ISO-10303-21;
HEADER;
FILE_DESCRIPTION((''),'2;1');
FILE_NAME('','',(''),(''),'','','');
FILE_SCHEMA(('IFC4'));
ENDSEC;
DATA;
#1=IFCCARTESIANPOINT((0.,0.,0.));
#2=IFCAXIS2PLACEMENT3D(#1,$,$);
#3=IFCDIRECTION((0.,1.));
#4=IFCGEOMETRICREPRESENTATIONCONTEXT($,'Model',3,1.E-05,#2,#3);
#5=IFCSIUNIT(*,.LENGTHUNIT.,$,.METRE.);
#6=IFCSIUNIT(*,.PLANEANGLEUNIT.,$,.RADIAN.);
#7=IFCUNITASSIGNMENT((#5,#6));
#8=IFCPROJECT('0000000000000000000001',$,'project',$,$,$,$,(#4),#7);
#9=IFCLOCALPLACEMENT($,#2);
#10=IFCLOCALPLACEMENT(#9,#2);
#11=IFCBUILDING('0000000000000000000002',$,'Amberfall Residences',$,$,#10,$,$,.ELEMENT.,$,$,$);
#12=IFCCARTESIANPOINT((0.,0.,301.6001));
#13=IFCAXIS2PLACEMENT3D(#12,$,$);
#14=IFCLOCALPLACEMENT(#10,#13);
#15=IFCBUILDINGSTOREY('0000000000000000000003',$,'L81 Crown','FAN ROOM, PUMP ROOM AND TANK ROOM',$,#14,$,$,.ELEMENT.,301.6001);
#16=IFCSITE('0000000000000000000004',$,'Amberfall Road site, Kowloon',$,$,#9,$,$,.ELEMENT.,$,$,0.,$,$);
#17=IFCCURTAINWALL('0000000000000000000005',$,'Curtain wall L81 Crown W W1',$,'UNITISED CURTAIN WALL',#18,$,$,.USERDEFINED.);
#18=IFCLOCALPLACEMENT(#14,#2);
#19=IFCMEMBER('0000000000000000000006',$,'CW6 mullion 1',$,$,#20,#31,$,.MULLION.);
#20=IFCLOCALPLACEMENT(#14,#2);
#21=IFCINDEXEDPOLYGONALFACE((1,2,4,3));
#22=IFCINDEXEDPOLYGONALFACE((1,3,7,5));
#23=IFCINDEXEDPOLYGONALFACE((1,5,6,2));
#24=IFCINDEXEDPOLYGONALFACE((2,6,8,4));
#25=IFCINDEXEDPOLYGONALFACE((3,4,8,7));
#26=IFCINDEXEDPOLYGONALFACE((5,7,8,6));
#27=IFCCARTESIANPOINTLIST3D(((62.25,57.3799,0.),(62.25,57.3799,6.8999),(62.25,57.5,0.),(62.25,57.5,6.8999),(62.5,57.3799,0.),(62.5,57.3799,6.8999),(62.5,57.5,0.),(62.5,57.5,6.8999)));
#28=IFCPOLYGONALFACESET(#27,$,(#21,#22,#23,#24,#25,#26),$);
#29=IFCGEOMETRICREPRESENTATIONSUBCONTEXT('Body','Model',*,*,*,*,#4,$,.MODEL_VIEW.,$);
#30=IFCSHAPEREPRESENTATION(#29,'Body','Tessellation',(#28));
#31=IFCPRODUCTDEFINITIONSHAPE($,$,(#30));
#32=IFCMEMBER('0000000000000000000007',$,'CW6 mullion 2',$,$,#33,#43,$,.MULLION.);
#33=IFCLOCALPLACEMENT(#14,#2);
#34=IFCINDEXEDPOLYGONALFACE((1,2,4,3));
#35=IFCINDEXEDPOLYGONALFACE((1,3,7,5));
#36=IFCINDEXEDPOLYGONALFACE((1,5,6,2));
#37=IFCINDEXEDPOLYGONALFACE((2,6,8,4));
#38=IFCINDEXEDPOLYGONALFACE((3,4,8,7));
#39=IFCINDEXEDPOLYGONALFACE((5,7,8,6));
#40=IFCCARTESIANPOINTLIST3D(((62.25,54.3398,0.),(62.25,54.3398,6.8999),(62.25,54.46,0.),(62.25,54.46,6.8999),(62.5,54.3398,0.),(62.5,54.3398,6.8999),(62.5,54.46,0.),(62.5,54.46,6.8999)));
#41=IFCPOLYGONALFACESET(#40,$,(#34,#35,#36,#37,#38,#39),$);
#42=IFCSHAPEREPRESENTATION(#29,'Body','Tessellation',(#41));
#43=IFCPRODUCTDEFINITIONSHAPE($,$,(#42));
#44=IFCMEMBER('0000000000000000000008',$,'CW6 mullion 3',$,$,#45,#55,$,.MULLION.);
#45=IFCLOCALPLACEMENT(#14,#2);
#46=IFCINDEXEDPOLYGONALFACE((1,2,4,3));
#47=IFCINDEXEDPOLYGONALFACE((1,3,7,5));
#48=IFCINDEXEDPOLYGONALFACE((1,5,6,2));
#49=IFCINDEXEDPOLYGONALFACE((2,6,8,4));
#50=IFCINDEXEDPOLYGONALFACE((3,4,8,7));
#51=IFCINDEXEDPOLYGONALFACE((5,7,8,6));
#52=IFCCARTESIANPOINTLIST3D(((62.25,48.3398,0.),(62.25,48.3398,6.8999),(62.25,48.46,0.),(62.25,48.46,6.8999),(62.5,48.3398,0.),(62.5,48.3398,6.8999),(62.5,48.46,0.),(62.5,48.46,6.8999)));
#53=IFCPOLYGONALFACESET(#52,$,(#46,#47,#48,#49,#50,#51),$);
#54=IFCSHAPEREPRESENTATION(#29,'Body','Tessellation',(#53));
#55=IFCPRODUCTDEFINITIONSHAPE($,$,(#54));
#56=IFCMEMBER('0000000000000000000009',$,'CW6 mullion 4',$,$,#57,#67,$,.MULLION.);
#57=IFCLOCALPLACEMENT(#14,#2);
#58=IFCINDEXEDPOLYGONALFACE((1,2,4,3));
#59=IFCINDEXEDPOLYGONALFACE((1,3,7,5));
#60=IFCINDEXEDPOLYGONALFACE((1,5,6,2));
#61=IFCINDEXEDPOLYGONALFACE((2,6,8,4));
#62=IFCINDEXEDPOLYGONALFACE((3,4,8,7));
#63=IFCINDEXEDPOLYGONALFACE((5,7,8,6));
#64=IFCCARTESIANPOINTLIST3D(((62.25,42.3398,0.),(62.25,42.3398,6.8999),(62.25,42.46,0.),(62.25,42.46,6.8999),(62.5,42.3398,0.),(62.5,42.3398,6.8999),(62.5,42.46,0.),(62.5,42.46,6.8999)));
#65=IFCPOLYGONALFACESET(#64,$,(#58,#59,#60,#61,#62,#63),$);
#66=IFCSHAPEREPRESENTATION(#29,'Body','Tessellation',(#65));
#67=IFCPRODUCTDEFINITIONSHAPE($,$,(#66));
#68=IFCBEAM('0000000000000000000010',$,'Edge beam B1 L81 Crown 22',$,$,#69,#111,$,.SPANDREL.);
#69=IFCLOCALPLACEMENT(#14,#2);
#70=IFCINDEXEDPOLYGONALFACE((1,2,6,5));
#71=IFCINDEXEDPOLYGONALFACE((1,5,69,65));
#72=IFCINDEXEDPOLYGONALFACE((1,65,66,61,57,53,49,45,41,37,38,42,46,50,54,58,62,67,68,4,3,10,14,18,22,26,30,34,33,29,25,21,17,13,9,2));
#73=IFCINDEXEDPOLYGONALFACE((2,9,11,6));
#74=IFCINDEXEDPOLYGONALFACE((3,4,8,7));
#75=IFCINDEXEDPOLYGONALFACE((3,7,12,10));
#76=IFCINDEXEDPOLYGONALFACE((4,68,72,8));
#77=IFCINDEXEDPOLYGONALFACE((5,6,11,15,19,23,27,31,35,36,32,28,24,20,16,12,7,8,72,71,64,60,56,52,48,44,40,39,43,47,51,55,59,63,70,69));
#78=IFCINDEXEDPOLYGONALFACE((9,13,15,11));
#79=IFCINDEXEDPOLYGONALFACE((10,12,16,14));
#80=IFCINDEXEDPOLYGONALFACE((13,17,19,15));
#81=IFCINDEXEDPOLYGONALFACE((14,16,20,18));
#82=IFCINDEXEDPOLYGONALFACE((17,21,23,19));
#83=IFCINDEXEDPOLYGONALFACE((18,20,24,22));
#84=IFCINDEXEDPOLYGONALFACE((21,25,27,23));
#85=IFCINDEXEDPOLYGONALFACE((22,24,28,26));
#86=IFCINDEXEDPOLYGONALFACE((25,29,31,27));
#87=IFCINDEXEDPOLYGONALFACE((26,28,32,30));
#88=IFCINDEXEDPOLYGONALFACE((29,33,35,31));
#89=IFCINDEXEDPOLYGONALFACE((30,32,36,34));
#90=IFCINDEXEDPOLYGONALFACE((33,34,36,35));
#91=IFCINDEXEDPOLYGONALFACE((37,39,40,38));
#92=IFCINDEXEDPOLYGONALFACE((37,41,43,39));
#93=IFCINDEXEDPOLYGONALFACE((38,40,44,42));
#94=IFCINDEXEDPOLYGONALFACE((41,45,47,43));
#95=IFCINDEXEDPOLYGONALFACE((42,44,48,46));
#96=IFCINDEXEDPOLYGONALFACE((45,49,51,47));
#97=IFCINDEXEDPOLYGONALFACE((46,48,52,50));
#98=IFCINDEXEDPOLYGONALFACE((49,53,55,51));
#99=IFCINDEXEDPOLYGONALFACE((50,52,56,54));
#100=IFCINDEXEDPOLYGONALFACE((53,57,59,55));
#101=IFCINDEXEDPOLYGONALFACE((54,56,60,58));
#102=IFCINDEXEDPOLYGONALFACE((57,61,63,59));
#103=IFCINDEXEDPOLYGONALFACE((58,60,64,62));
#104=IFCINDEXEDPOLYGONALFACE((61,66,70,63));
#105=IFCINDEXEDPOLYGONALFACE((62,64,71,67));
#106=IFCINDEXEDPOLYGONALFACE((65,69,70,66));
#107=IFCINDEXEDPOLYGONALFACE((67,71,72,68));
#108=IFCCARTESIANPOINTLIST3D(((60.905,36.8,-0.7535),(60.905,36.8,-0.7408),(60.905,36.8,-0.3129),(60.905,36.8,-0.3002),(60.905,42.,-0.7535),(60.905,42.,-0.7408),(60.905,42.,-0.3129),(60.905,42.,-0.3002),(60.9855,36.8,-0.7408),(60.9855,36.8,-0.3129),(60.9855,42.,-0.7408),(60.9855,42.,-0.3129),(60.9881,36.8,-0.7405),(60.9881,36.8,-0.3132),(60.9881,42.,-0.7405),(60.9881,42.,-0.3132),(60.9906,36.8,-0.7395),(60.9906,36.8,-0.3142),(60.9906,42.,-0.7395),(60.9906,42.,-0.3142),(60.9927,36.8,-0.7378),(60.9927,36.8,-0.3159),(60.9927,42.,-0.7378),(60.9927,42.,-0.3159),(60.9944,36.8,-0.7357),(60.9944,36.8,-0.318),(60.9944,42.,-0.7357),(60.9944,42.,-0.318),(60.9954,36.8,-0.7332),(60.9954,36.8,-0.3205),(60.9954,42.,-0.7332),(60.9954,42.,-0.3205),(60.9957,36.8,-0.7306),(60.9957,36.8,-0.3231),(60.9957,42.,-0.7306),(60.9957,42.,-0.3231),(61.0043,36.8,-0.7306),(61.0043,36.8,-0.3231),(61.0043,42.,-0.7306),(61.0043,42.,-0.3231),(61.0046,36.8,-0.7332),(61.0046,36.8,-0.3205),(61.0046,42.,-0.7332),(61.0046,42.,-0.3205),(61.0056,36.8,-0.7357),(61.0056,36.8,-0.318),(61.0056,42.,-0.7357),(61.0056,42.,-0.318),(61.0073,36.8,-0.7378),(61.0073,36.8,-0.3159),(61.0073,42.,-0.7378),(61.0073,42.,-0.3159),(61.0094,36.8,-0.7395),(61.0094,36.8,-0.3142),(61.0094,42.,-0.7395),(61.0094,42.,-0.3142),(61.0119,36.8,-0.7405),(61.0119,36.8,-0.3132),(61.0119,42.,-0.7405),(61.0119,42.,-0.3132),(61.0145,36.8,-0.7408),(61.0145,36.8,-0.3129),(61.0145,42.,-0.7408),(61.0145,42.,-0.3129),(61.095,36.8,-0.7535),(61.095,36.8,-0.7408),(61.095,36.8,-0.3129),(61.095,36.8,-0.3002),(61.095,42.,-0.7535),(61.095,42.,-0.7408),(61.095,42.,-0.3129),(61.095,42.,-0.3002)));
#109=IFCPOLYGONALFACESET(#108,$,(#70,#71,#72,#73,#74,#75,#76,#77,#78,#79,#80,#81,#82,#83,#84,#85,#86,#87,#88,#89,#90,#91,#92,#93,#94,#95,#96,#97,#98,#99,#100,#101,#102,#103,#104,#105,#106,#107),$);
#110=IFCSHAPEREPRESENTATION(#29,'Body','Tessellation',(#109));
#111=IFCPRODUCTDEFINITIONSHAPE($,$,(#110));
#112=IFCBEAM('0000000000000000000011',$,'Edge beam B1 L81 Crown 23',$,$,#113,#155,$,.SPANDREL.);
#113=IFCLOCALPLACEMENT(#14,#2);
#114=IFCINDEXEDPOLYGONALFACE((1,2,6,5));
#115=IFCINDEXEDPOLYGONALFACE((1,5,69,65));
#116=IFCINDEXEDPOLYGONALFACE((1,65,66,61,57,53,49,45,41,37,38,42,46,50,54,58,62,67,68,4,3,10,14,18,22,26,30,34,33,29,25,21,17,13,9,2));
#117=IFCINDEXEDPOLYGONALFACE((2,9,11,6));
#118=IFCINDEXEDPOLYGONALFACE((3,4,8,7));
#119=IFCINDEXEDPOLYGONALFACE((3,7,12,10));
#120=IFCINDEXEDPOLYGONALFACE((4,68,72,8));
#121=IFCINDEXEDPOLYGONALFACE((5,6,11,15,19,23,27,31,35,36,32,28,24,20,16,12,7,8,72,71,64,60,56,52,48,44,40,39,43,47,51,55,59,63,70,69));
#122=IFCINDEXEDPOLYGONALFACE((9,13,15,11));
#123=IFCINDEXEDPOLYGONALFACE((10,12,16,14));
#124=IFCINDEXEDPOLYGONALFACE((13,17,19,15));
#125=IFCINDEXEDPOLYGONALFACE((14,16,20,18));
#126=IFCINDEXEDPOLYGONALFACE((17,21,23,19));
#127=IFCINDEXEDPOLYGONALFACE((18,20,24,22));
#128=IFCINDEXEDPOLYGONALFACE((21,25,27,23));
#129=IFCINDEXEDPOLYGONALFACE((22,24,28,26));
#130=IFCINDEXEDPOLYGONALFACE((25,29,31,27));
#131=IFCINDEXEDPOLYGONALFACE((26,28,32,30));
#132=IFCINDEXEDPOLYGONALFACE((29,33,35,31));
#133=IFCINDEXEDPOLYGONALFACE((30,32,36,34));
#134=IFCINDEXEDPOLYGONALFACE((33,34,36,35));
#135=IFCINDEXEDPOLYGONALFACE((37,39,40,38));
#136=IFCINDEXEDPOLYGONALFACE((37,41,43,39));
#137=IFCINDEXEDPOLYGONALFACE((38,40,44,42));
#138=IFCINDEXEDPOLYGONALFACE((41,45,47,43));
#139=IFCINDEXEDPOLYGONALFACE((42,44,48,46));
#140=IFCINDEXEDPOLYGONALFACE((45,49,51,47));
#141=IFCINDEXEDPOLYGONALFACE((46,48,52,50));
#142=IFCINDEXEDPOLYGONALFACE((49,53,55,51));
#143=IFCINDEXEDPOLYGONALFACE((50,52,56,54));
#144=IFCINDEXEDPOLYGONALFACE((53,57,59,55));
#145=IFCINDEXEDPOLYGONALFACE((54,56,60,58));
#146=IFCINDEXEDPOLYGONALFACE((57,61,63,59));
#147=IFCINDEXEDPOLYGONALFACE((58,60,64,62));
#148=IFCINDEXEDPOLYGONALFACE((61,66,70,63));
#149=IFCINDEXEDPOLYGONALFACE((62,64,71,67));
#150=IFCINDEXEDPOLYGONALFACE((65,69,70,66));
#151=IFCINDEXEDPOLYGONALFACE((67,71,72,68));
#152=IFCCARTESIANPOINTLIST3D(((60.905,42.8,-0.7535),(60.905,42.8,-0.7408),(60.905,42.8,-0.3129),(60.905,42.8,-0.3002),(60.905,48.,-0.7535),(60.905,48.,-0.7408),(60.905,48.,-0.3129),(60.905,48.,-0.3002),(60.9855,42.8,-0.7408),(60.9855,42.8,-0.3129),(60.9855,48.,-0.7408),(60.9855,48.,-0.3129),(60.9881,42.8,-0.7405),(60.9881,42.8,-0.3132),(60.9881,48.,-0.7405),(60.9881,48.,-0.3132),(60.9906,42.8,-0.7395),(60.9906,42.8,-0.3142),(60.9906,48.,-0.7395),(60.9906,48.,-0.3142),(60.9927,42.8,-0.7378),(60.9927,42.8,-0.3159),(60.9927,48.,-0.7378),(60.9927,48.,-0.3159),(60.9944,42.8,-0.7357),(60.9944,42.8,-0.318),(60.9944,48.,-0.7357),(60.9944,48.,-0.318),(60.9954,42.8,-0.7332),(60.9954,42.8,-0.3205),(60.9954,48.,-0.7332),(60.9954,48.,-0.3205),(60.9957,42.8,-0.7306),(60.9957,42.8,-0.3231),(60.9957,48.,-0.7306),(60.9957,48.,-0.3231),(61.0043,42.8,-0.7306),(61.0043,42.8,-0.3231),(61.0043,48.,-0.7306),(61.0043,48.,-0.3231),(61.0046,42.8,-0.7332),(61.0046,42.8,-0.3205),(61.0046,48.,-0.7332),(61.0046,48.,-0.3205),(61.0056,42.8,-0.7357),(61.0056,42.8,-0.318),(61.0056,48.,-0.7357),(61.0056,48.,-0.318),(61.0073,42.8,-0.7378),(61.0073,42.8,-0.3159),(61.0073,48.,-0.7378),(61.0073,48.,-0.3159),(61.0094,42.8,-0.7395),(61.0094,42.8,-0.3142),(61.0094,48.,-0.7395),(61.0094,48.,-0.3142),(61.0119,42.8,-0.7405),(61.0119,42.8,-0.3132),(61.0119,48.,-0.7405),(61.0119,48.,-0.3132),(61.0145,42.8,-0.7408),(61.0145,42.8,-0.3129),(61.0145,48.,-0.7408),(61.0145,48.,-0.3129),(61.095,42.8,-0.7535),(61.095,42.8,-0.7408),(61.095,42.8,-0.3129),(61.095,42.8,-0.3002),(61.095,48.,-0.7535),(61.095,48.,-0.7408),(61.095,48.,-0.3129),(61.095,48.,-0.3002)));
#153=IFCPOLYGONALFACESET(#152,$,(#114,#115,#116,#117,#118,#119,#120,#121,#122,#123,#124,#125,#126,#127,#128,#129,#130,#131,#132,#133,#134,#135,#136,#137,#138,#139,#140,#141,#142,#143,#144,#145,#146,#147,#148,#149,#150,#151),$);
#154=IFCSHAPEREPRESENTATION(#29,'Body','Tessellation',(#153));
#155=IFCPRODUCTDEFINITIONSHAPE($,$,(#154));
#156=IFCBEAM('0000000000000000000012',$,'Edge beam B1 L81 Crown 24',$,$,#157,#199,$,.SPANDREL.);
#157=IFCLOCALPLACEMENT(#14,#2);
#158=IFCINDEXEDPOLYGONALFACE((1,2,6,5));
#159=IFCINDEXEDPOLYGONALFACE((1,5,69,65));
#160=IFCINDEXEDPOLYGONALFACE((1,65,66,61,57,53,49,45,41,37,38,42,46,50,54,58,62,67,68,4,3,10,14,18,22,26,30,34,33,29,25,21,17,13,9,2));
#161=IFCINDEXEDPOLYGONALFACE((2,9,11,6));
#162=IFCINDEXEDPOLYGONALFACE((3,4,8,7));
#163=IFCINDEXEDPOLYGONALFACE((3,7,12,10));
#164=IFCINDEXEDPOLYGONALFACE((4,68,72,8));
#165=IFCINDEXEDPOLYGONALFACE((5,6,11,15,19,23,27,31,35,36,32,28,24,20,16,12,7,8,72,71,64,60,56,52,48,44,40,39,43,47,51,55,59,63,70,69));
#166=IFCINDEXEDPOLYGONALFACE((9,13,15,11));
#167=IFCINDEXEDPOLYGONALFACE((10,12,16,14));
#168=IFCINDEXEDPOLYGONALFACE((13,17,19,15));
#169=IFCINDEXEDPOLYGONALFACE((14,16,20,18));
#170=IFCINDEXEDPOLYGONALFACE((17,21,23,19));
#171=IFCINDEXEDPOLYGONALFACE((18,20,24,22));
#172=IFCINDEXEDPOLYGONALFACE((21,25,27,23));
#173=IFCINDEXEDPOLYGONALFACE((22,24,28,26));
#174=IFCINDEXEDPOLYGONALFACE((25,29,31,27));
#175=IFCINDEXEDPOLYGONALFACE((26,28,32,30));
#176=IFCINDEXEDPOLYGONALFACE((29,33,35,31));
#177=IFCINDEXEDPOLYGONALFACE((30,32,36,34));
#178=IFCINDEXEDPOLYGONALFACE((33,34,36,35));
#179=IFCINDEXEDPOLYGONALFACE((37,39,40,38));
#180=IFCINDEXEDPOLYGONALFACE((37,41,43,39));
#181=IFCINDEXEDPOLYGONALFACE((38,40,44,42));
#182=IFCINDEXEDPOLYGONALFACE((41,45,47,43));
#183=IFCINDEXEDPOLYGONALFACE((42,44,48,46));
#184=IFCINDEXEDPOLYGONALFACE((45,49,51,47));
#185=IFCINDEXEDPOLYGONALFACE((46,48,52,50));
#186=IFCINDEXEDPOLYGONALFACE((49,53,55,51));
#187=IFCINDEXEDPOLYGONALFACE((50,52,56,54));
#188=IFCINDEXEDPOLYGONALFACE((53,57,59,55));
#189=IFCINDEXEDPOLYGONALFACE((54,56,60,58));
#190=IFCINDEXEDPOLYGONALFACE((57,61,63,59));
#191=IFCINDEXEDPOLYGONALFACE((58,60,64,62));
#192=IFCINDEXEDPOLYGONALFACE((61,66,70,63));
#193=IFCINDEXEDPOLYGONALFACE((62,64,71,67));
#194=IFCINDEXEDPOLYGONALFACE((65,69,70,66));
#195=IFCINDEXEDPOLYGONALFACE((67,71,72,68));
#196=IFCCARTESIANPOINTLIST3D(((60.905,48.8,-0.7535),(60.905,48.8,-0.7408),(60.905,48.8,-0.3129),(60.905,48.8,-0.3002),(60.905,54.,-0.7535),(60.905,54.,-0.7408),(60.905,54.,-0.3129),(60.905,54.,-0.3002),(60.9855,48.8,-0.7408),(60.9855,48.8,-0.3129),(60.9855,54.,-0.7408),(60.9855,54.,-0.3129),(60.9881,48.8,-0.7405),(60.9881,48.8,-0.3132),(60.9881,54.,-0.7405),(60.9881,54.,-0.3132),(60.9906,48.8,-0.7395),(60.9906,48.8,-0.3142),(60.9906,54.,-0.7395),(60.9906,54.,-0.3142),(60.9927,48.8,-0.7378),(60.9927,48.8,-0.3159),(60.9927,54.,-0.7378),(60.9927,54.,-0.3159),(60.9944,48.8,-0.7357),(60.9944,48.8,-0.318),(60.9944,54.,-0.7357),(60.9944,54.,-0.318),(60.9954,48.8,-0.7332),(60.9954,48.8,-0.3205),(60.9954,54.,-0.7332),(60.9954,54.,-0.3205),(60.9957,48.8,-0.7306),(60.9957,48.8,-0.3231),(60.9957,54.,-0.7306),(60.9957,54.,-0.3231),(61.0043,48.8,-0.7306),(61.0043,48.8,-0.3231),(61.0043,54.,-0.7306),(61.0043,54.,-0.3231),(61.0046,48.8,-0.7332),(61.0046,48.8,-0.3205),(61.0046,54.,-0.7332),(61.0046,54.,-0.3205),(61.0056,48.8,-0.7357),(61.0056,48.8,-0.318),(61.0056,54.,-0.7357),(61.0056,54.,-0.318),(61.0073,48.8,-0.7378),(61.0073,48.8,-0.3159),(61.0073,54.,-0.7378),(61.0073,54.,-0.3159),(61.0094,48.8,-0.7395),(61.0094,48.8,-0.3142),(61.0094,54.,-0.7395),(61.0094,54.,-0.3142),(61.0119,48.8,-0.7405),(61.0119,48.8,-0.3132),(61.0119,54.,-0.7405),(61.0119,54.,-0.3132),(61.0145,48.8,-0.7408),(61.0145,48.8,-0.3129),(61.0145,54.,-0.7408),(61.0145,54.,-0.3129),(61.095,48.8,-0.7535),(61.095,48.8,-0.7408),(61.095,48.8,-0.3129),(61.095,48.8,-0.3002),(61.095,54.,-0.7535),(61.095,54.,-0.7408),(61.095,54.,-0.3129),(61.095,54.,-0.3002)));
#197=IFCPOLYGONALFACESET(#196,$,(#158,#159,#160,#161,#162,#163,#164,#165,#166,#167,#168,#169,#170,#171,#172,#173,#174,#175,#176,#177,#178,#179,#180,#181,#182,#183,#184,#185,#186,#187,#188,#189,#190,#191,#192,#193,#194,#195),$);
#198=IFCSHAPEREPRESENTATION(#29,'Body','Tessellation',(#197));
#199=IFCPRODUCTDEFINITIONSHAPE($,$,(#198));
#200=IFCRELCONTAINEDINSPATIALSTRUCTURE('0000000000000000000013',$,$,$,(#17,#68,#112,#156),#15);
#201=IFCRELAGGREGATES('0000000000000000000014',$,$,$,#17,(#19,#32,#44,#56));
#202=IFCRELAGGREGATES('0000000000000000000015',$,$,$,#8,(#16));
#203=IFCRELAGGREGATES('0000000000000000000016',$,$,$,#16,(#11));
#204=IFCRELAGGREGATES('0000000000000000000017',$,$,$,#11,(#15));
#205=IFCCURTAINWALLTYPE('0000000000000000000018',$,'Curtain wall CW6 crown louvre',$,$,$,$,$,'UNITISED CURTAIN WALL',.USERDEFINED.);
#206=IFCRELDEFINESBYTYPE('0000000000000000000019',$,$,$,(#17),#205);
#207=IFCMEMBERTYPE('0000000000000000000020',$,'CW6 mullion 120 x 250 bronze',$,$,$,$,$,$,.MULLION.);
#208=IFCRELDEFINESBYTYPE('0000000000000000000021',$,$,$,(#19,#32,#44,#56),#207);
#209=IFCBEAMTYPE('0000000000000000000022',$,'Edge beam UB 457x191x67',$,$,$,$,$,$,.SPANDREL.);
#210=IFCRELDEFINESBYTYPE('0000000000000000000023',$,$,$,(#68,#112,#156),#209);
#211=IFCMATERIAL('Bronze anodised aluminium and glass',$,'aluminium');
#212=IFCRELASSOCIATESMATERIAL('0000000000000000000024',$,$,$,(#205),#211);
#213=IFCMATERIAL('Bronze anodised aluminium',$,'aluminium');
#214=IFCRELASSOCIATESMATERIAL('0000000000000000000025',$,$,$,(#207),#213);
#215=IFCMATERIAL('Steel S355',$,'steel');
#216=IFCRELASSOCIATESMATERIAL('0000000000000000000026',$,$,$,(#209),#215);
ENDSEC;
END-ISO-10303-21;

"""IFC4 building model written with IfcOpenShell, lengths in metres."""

from ifc_helpers import new_model, si_unit, direction, frame, origin, origin_2d, place, context, subcontext, project, spatial, rectangle, i_section, extrude, material, material_profile, profile_set, type_object, element, aggregate, save


model = new_model("IFC4")

# Units and contexts
model_context = context("Model", 3, precision=1e-05, world=origin(), true_north=direction((0.0, 1.0)))
body_context = subcontext(model_context, "Body", "Model", "MODEL_VIEW")
ifc_project = project(units=[si_unit("LENGTHUNIT", "METRE"), si_unit("PLANEANGLEUNIT", "RADIAN")], contexts=[model_context])

# Site, building, storey
site_placement = place(None, origin())
site = spatial("IfcSite", under=ifc_project, at=site_placement, Name="Amberfall Road site, Kowloon", CompositionType="ELEMENT", RefElevation=0.0)
building_placement = place(site_placement, origin())
building = spatial("IfcBuilding", under=site, at=building_placement, Name="Amberfall Residences", CompositionType="ELEMENT")
storey_placement = place(building_placement, frame((0.0, 0.0, 301.6001)))
storey = spatial("IfcBuildingStorey", under=building, at=storey_placement, Name="L81 Crown", Description="FAN ROOM, PUMP ROOM AND TANK ROOM", CompositionType="ELEMENT", Elevation=301.6001)

# Curtain wall, members
ifc_material_1 = material(Name="Bronze anodised aluminium and glass", Category="aluminium")
curtain_wall_type = type_object("IfcCurtainWallType", Name="Curtain wall CW6 crown louvre", ElementType="UNITISED CURTAIN WALL", PredefinedType="USERDEFINED", material=ifc_material_1)
curtain_wall_placement = place(storey_placement, origin())
curtain_wall = element("IfcCurtainWall", 1, at=curtain_wall_placement, inside=storey, type_object=curtain_wall_type, Name="Curtain wall L81 Crown W W1", ObjectType="UNITISED CURTAIN WALL", PredefinedType="USERDEFINED")
ifc_material_2 = material(Name="Bronze anodised aluminium", Category="aluminium")
ifc_material_profile_1 = material_profile(ifc_material_2, rectangle(XDim=0.25, YDim=0.1201, at=origin_2d()), Name="CW6 mullion 120 x 250 bronze")
ifc_profile_set_1 = profile_set([ifc_material_profile_1], Name="Bronze anodised aluminium")
member_type = type_object("IfcMemberType", Name="CW6 mullion 120 x 250 bronze", PredefinedType="MULLION", material=ifc_profile_set_1)
member_1_placement = place(storey_placement, frame((62.375, 57.4399, 0.0), z_axis=(0.0, 0.0, 1.0), x_axis=(1.0, 0.0, 0.0)))
member_1 = element("IfcMember", 2, at=member_1_placement, type_object=member_type, Name="CW6 mullion 1", PredefinedType="MULLION", context=body_context, shape_type="SweptSolid", body=[
    extrude(rectangle(XDim=0.25, YDim=0.1201, at=origin_2d()), origin(), (0.0, 0.0, 1.0), 6.8999),
])
member_2_placement = place(storey_placement, frame((62.375, 54.3999, 0.0), z_axis=(0.0, 0.0, 1.0), x_axis=(1.0, 0.0, 0.0)))
member_2 = element("IfcMember", 3, at=member_2_placement, type_object=member_type, Name="CW6 mullion 2", PredefinedType="MULLION", context=body_context, shape_type="SweptSolid", body=[
    extrude(rectangle(XDim=0.25, YDim=0.1201, at=origin_2d()), origin(), (0.0, 0.0, 1.0), 6.8999),
])
member_3_placement = place(storey_placement, frame((62.375, 48.3999, 0.0), z_axis=(0.0, 0.0, 1.0), x_axis=(1.0, 0.0, 0.0)))
member_3 = element("IfcMember", 4, at=member_3_placement, type_object=member_type, Name="CW6 mullion 3", PredefinedType="MULLION", context=body_context, shape_type="SweptSolid", body=[
    extrude(rectangle(XDim=0.25, YDim=0.1201, at=origin_2d()), origin(), (0.0, 0.0, 1.0), 6.8999),
])
member_4_placement = place(storey_placement, frame((62.375, 42.3999, 0.0), z_axis=(0.0, 0.0, 1.0), x_axis=(1.0, 0.0, 0.0)))
member_4 = element("IfcMember", 5, at=member_4_placement, type_object=member_type, Name="CW6 mullion 4", PredefinedType="MULLION", context=body_context, shape_type="SweptSolid", body=[
    extrude(rectangle(XDim=0.25, YDim=0.1201, at=origin_2d()), origin(), (0.0, 0.0, 1.0), 6.8999),
])
aggregate(curtain_wall, [member_1, member_2, member_3, member_4])

# Beams
ifc_material_3 = material(Name="Steel S355", Category="steel")
ifc_material_profile_2 = material_profile(ifc_material_3, i_section(OverallWidth=0.1899, OverallDepth=0.4534, WebThickness=0.0085, FlangeThickness=0.0127, FilletRadius=0.0103, at=origin_2d()), Name="UB 457x191x67")
ifc_profile_set_2 = profile_set([ifc_material_profile_2], Name="Steel S355")
beam_type_1 = type_object("IfcBeamType", Name="Edge beam UB 457x191x67", PredefinedType="SPANDREL", material=ifc_profile_set_2)
for number, where, z_axis, x_axis, name in (
    (6, (61.0, 36.8, -0.5269), (0.0, 1.0, 0.0), (-1.0, 0.0, 0.0), "Edge beam B1 L81 Crown 22"),
    (7, (61.0, 42.8, -0.5269), (0.0, 1.0, 0.0), (-1.0, 0.0, 0.0), "Edge beam B1 L81 Crown 23"),
    (8, (61.0, 48.8, -0.5269), (0.0, 1.0, 0.0), (-1.0, 0.0, 0.0), "Edge beam B1 L81 Crown 24"),
):
    element("IfcBeam", number, at=place(storey_placement, frame(where, z_axis=z_axis, x_axis=x_axis)), inside=storey, type_object=beam_type_1, Name=name, PredefinedType="SPANDREL", context=body_context, shape_type="SweptSolid", body=[
        extrude(i_section(OverallWidth=0.1899, OverallDepth=0.4534, WebThickness=0.0085, FlangeThickness=0.0127, FilletRadius=0.0103, at=origin_2d()), origin(), (0.0, 0.0, 1.0), 5.2),
    ])

save(model, "model.ifc")
